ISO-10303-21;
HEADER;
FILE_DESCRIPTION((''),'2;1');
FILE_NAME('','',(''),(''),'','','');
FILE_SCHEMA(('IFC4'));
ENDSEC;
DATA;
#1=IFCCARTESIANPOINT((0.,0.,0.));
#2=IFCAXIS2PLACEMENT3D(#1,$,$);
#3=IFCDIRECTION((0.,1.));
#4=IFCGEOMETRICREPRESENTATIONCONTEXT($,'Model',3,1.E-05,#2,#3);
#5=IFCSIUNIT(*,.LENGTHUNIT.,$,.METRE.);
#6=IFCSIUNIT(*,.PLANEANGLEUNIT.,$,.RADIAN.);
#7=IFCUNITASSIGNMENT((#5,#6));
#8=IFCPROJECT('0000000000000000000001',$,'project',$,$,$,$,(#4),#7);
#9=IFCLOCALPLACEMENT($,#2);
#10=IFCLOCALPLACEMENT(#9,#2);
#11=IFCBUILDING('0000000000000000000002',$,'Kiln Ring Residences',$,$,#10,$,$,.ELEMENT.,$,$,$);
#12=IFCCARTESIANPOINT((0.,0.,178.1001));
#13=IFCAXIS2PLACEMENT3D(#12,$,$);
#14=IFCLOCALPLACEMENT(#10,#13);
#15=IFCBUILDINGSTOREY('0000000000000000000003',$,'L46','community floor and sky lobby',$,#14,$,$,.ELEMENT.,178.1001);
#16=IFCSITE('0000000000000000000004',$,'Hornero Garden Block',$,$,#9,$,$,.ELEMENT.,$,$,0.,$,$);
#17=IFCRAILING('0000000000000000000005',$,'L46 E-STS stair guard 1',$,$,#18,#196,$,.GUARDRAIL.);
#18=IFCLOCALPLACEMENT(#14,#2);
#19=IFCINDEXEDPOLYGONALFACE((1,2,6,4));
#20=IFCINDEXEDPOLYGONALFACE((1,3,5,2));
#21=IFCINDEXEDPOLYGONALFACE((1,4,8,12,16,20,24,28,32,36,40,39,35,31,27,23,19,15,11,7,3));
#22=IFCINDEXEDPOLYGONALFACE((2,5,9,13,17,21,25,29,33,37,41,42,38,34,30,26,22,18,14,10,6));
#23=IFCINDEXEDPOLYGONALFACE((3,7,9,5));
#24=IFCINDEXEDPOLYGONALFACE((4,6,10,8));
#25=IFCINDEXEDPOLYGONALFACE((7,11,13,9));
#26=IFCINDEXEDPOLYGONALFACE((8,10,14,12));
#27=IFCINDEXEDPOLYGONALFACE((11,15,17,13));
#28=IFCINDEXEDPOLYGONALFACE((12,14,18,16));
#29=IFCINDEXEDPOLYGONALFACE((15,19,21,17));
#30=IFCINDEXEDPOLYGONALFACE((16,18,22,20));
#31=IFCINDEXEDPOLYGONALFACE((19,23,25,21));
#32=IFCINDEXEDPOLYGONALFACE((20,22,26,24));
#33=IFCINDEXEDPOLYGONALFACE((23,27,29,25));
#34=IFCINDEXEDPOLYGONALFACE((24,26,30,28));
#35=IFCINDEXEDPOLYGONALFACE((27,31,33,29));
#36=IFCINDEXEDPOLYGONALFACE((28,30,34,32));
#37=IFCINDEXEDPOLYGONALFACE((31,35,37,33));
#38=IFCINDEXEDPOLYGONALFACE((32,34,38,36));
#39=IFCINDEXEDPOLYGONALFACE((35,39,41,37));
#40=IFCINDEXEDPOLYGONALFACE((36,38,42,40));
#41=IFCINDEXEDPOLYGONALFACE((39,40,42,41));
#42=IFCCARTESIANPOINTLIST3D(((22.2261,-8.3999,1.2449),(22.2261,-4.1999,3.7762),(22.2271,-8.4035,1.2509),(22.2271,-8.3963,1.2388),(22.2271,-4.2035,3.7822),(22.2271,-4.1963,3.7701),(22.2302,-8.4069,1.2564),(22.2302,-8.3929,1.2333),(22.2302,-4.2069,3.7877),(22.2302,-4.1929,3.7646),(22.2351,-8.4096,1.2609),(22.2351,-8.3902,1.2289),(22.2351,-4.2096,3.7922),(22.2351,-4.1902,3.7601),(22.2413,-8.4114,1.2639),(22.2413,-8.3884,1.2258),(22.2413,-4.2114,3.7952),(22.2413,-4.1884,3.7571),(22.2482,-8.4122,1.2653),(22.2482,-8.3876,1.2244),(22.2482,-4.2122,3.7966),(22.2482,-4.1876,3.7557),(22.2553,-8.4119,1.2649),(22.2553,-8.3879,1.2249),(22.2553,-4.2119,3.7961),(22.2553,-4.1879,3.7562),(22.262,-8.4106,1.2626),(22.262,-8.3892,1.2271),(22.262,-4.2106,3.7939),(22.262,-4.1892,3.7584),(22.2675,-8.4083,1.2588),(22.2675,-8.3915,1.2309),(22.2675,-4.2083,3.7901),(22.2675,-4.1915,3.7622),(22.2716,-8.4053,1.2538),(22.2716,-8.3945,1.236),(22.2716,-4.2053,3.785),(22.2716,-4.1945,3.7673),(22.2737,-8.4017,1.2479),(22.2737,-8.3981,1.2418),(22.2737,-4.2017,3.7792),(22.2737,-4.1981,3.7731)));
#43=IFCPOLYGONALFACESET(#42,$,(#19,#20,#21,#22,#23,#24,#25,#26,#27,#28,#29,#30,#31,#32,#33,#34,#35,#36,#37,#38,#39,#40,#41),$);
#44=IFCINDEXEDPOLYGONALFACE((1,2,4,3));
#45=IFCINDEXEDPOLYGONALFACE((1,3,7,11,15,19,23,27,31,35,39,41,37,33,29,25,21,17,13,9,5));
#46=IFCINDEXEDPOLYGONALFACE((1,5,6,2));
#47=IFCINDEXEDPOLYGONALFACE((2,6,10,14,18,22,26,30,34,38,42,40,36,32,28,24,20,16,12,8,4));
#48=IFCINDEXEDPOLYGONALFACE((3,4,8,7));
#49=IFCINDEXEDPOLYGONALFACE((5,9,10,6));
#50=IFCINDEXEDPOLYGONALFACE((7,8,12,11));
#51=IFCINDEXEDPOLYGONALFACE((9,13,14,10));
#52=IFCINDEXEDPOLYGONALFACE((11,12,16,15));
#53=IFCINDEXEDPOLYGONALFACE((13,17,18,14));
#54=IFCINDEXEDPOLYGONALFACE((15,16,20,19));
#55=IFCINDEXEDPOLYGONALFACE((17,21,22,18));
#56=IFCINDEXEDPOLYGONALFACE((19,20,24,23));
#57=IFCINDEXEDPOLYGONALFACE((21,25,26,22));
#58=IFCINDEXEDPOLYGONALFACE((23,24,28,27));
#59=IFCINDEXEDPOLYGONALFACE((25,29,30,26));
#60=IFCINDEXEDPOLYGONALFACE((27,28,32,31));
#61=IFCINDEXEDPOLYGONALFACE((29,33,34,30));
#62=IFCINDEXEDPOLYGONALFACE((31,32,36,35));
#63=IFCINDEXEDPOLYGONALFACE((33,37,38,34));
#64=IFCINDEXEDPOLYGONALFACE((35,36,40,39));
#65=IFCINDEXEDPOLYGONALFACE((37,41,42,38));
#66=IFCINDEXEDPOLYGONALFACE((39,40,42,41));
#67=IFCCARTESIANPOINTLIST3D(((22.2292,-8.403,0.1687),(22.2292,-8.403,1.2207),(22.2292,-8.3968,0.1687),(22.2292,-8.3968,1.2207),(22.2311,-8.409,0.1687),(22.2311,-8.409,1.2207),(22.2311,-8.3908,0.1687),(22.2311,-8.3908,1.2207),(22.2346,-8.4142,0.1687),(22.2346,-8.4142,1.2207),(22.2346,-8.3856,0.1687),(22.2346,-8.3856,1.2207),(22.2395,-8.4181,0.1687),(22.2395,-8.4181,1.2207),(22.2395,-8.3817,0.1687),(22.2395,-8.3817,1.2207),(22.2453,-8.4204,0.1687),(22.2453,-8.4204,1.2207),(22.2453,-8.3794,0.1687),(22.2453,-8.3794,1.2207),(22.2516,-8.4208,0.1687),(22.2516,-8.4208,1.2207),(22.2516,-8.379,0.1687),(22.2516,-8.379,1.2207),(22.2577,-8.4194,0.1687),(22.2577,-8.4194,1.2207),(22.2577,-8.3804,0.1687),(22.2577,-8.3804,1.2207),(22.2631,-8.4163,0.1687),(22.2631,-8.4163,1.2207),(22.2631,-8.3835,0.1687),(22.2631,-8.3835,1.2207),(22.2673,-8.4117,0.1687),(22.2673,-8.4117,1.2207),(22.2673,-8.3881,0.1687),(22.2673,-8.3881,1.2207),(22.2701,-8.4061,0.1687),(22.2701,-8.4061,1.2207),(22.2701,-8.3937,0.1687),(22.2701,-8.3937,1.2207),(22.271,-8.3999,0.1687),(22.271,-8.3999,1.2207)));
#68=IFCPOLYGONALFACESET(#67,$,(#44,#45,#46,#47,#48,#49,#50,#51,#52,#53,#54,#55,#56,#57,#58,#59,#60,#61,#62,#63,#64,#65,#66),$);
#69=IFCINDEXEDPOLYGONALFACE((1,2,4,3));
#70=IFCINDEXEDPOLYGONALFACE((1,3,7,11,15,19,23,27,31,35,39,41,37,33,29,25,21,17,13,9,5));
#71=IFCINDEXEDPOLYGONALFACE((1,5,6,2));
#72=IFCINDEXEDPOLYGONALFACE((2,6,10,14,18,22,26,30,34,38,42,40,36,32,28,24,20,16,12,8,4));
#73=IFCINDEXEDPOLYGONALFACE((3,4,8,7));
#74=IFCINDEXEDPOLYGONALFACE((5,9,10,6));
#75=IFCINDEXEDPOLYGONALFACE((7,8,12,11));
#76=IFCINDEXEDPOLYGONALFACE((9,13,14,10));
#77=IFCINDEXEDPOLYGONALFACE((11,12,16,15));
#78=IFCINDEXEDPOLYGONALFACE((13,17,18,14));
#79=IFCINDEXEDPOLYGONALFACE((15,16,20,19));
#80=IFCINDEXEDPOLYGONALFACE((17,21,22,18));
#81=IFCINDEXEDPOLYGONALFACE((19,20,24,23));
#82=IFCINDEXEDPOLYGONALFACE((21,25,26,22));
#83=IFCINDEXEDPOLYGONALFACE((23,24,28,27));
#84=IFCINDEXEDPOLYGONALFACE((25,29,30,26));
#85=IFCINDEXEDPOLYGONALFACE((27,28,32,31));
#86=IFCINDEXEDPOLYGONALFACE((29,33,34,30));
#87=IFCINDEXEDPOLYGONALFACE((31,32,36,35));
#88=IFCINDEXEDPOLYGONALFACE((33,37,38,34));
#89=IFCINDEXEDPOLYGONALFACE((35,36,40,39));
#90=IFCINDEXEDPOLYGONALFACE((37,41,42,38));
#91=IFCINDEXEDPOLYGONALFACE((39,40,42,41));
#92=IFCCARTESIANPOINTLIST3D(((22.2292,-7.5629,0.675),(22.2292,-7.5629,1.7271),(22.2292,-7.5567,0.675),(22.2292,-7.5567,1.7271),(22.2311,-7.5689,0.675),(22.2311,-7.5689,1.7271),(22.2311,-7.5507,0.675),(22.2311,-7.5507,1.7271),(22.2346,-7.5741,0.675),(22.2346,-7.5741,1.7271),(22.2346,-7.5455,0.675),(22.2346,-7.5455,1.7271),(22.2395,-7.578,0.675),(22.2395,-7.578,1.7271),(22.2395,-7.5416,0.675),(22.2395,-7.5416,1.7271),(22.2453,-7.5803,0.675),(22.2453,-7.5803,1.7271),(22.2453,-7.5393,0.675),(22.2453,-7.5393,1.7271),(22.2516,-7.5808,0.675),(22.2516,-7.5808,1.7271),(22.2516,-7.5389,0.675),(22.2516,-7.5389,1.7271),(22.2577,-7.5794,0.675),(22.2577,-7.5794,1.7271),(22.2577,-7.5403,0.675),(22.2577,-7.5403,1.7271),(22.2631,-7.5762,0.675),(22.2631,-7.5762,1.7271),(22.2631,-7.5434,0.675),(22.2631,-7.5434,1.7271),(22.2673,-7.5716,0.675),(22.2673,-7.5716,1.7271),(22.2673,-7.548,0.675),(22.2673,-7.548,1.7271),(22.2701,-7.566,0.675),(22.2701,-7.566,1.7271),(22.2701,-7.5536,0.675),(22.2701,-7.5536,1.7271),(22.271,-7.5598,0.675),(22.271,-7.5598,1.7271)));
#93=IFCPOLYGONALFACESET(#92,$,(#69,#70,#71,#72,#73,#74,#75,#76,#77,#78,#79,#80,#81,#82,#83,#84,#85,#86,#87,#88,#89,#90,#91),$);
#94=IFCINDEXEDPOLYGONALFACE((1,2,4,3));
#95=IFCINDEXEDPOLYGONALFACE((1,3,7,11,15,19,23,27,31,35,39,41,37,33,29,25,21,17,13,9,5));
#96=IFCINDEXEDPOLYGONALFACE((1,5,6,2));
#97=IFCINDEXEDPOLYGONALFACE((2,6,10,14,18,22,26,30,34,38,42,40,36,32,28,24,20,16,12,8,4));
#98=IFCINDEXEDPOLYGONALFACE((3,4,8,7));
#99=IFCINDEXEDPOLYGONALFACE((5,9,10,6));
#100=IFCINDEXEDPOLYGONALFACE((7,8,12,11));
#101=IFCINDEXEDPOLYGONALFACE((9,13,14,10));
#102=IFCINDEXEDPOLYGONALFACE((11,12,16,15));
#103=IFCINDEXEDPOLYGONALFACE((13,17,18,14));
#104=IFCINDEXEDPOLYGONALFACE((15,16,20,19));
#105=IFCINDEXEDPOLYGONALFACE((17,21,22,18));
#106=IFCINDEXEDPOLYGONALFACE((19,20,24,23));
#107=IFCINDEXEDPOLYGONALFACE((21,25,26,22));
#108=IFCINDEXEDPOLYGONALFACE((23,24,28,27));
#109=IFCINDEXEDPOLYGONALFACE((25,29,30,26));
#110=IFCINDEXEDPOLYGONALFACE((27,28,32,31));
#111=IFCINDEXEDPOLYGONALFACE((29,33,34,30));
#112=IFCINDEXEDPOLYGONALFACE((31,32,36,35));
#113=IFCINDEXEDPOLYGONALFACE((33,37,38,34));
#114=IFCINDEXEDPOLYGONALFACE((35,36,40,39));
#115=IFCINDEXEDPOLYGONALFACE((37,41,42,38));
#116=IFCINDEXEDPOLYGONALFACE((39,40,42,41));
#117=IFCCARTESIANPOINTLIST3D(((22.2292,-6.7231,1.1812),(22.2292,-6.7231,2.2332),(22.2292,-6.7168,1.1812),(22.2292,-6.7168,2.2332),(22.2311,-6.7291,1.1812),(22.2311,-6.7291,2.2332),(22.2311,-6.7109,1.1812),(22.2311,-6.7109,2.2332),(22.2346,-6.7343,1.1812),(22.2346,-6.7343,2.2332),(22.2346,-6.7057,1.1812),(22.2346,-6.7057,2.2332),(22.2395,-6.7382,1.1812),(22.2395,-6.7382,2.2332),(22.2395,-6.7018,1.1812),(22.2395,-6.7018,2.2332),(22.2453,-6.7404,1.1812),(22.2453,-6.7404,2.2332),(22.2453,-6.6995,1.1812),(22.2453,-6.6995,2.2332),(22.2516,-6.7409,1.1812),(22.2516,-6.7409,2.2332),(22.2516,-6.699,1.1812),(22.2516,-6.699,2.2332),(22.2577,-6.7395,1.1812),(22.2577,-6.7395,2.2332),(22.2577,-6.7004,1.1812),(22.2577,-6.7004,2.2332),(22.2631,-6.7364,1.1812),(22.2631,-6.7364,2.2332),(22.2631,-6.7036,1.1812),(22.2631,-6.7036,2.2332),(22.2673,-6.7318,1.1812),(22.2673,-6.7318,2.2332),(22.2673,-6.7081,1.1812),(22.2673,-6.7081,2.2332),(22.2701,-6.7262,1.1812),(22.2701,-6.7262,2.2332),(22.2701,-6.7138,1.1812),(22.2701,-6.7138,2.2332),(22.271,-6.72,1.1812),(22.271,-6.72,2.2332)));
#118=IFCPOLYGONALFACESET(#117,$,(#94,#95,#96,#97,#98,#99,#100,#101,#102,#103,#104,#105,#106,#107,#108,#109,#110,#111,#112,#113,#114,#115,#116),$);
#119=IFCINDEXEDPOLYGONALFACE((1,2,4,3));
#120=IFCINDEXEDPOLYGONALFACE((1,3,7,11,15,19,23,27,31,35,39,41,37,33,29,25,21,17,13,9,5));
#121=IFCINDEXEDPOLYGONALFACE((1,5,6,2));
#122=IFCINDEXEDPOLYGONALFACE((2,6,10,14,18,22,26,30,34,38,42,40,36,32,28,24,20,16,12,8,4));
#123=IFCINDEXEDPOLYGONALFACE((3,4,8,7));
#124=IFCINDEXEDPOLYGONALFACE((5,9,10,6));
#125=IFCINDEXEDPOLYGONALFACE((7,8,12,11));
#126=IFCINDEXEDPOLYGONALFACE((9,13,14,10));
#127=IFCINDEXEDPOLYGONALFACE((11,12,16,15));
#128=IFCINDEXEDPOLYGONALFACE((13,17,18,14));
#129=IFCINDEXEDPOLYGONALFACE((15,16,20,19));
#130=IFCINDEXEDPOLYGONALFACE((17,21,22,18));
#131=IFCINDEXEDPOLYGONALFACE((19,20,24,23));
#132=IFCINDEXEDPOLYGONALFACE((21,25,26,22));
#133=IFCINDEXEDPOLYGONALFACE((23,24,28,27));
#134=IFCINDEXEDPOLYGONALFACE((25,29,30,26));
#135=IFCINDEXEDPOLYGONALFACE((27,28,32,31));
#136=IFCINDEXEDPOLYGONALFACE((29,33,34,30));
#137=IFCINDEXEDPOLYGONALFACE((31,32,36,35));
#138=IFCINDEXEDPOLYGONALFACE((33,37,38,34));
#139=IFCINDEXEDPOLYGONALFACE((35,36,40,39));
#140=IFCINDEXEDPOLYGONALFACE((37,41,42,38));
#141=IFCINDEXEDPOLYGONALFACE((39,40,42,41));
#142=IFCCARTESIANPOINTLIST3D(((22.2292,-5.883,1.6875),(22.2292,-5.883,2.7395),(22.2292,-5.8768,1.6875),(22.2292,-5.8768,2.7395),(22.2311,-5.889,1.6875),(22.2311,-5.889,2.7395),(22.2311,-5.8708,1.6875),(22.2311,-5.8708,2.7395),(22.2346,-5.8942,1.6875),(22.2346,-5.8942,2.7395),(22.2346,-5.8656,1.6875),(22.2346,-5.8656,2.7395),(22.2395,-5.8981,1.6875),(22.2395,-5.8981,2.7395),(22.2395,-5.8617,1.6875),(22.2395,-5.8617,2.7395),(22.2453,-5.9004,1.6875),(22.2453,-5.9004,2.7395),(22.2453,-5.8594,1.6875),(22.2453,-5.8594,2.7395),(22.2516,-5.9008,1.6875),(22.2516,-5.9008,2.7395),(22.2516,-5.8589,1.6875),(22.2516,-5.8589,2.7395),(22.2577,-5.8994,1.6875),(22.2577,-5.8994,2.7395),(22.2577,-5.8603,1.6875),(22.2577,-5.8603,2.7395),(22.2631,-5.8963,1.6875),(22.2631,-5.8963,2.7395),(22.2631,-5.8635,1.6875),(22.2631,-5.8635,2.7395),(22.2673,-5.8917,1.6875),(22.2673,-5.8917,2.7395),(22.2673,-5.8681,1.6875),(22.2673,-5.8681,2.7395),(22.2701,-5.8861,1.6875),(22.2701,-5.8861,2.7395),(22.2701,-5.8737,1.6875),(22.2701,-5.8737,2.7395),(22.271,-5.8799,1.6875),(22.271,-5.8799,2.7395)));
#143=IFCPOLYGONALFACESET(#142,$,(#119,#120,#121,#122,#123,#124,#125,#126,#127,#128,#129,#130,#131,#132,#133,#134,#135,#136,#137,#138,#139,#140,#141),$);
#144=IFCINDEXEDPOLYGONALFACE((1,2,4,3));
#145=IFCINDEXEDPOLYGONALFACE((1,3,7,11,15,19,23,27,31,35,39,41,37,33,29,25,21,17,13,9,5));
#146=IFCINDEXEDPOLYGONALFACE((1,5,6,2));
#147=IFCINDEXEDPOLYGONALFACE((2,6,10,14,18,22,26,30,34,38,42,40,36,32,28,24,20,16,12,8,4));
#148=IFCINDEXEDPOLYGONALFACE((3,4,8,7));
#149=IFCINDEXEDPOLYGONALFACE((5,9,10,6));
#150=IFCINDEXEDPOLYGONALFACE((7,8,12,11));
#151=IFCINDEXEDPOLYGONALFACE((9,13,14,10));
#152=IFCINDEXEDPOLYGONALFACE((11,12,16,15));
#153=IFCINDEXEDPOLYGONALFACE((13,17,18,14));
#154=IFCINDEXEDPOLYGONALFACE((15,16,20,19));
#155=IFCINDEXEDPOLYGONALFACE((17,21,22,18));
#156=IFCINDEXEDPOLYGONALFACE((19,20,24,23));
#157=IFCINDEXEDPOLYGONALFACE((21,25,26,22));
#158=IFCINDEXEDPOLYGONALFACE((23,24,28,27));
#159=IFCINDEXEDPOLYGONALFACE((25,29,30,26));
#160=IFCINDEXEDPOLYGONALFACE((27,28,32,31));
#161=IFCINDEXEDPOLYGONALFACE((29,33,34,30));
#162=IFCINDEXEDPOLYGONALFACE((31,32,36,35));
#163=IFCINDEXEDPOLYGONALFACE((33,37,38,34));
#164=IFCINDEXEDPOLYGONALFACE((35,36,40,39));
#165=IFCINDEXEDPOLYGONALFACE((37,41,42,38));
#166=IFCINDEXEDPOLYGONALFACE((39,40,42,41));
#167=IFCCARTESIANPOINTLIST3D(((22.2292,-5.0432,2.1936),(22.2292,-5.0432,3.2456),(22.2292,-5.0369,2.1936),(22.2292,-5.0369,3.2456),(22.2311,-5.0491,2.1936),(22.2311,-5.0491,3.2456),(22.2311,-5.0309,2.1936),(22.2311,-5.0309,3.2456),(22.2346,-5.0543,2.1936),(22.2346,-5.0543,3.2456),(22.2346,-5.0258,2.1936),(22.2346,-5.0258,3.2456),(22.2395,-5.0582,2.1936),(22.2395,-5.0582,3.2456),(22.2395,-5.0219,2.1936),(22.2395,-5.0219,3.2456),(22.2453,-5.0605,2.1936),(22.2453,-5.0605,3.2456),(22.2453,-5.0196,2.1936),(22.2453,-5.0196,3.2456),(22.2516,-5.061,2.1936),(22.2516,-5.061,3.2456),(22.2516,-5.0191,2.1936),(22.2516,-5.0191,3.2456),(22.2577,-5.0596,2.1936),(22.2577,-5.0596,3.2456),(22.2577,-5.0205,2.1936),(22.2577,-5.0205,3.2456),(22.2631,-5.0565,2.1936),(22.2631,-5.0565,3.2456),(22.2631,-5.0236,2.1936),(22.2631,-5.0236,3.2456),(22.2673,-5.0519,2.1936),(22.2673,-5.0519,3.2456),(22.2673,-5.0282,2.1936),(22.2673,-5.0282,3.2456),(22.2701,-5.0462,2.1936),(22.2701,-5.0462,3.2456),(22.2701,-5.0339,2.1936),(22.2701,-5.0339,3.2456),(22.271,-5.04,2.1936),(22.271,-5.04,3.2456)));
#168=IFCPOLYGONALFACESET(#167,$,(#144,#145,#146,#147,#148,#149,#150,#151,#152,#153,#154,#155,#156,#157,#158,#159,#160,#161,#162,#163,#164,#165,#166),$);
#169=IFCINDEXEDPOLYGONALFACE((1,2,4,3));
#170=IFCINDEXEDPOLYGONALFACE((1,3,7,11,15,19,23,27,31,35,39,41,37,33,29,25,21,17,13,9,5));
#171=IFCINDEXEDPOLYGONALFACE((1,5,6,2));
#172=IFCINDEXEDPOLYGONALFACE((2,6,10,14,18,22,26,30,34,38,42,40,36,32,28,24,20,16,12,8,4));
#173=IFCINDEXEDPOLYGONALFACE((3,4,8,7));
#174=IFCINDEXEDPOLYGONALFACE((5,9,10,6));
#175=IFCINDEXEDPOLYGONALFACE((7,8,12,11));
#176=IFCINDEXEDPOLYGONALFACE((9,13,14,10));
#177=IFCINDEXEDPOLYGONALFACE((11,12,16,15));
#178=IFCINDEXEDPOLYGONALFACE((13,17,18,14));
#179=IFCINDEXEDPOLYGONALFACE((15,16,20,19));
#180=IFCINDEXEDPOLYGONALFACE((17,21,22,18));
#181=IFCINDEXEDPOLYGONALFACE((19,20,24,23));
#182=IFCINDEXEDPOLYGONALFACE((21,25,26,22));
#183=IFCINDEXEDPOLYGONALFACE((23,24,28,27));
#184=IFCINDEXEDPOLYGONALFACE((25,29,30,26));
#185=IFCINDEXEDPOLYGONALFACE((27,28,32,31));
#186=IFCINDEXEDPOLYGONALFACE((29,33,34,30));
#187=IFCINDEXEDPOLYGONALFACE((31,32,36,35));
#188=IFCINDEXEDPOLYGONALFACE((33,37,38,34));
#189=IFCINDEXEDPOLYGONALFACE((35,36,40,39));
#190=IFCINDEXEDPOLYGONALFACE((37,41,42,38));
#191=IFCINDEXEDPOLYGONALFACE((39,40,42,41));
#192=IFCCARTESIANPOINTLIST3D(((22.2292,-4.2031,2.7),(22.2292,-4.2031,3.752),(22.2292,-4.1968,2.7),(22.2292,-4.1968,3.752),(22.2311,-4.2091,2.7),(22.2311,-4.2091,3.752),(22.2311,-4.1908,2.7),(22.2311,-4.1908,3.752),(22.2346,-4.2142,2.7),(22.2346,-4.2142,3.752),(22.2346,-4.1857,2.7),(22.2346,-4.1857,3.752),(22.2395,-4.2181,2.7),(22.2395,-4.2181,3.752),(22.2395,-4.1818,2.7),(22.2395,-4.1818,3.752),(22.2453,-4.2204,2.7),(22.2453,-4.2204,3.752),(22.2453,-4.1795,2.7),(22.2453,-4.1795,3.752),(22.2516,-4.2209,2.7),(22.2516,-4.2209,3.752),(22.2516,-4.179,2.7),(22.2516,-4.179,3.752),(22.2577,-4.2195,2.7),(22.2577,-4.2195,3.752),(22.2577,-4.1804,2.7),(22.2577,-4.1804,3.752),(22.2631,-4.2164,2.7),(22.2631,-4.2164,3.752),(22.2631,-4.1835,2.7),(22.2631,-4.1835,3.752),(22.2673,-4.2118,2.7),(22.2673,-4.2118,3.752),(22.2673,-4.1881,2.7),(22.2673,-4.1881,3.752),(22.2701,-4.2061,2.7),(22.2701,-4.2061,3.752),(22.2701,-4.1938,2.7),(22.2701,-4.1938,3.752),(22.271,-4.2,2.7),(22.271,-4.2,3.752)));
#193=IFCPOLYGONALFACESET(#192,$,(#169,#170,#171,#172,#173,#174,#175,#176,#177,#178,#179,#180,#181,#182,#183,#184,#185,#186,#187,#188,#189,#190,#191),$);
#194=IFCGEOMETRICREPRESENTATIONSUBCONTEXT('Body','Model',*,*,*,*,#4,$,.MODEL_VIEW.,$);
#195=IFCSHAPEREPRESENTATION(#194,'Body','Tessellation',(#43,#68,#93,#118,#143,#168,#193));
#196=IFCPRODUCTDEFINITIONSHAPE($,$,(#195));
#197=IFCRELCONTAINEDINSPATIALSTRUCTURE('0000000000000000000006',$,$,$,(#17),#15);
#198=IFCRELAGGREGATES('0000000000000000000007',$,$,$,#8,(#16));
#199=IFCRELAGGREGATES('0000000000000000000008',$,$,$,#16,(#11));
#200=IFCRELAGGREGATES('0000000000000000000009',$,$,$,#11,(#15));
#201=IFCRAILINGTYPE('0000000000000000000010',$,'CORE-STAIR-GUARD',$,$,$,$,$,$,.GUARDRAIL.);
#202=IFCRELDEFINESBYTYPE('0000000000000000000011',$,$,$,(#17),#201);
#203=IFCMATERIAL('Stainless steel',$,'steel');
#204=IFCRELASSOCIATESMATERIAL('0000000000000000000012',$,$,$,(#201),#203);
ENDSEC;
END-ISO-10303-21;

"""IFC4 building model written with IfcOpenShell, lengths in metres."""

from ifc_helpers import new_model, si_unit, direction, frame, origin, origin_2d, place, context, subcontext, project, spatial, circle, extrude, material, type_object, element, save


model = new_model("IFC4")

# Units and contexts
model_context = context("Model", 3, precision=1e-05, world=origin(), true_north=direction((0.0, 1.0)))
body_context = subcontext(model_context, "Body", "Model", "MODEL_VIEW")
ifc_project = project(units=[si_unit("LENGTHUNIT", "METRE"), si_unit("PLANEANGLEUNIT", "RADIAN")], contexts=[model_context])

# Site, building, storey
site_placement = place(None, origin())
site = spatial("IfcSite", under=ifc_project, at=site_placement, Name="Hornero Garden Block", CompositionType="ELEMENT", RefElevation=0.0)
building_placement = place(site_placement, origin())
building = spatial("IfcBuilding", under=site, at=building_placement, Name="Kiln Ring Residences", CompositionType="ELEMENT")
storey_placement = place(building_placement, frame((0.0, 0.0, 178.1001)))
storey = spatial("IfcBuildingStorey", under=building, at=storey_placement, Name="L46", Description="community floor and sky lobby", CompositionType="ELEMENT", Elevation=178.1001)

# Railing
ifc_material_1 = material(Name="Stainless steel", Category="steel")
railing_type_1 = type_object("IfcRailingType", Name="CORE-STAIR-GUARD", PredefinedType="GUARDRAIL", material=ifc_material_1)
railing_1_placement = place(storey_placement, frame((22.25, -8.3999, 0.1687)))
element("IfcRailing", 1, at=railing_1_placement, inside=storey, type_object=railing_type_1, Name="L46 E-STS stair guard 1", PredefinedType="GUARDRAIL", context=body_context, shape_type="SweptSolid", body=[
    extrude(circle(Radius=0.0239, at=origin_2d()), frame((0.0, 0.0, 1.0762), z_axis=(0.0, 0.856476, 0.516186), x_axis=(-1.0, 0.0, 0.0)), (0.0, 0.0, 1.0), 4.9038),
    extrude(circle(Radius=0.021, at=origin_2d()), origin(), (0.0, 0.0, 1.0), 1.052),
    extrude(circle(Radius=0.021, at=origin_2d()), frame((0.0, 0.8401, 0.5063)), (0.0, 0.0, 1.0), 1.052),
    extrude(circle(Radius=0.021, at=origin_2d()), frame((0.0, 1.6799, 1.0125)), (0.0, 0.0, 1.0), 1.052),
    extrude(circle(Radius=0.021, at=origin_2d()), frame((0.0, 2.52, 1.5188)), (0.0, 0.0, 1.0), 1.052),
    extrude(circle(Radius=0.021, at=origin_2d()), frame((0.0, 3.3599, 2.0249)), (0.0, 0.0, 1.0), 1.052),
    extrude(circle(Radius=0.021, at=origin_2d()), frame((0.0, 4.2, 2.5312)), (0.0, 0.0, 1.0), 1.052),
])

save(model, "model.ifc")
